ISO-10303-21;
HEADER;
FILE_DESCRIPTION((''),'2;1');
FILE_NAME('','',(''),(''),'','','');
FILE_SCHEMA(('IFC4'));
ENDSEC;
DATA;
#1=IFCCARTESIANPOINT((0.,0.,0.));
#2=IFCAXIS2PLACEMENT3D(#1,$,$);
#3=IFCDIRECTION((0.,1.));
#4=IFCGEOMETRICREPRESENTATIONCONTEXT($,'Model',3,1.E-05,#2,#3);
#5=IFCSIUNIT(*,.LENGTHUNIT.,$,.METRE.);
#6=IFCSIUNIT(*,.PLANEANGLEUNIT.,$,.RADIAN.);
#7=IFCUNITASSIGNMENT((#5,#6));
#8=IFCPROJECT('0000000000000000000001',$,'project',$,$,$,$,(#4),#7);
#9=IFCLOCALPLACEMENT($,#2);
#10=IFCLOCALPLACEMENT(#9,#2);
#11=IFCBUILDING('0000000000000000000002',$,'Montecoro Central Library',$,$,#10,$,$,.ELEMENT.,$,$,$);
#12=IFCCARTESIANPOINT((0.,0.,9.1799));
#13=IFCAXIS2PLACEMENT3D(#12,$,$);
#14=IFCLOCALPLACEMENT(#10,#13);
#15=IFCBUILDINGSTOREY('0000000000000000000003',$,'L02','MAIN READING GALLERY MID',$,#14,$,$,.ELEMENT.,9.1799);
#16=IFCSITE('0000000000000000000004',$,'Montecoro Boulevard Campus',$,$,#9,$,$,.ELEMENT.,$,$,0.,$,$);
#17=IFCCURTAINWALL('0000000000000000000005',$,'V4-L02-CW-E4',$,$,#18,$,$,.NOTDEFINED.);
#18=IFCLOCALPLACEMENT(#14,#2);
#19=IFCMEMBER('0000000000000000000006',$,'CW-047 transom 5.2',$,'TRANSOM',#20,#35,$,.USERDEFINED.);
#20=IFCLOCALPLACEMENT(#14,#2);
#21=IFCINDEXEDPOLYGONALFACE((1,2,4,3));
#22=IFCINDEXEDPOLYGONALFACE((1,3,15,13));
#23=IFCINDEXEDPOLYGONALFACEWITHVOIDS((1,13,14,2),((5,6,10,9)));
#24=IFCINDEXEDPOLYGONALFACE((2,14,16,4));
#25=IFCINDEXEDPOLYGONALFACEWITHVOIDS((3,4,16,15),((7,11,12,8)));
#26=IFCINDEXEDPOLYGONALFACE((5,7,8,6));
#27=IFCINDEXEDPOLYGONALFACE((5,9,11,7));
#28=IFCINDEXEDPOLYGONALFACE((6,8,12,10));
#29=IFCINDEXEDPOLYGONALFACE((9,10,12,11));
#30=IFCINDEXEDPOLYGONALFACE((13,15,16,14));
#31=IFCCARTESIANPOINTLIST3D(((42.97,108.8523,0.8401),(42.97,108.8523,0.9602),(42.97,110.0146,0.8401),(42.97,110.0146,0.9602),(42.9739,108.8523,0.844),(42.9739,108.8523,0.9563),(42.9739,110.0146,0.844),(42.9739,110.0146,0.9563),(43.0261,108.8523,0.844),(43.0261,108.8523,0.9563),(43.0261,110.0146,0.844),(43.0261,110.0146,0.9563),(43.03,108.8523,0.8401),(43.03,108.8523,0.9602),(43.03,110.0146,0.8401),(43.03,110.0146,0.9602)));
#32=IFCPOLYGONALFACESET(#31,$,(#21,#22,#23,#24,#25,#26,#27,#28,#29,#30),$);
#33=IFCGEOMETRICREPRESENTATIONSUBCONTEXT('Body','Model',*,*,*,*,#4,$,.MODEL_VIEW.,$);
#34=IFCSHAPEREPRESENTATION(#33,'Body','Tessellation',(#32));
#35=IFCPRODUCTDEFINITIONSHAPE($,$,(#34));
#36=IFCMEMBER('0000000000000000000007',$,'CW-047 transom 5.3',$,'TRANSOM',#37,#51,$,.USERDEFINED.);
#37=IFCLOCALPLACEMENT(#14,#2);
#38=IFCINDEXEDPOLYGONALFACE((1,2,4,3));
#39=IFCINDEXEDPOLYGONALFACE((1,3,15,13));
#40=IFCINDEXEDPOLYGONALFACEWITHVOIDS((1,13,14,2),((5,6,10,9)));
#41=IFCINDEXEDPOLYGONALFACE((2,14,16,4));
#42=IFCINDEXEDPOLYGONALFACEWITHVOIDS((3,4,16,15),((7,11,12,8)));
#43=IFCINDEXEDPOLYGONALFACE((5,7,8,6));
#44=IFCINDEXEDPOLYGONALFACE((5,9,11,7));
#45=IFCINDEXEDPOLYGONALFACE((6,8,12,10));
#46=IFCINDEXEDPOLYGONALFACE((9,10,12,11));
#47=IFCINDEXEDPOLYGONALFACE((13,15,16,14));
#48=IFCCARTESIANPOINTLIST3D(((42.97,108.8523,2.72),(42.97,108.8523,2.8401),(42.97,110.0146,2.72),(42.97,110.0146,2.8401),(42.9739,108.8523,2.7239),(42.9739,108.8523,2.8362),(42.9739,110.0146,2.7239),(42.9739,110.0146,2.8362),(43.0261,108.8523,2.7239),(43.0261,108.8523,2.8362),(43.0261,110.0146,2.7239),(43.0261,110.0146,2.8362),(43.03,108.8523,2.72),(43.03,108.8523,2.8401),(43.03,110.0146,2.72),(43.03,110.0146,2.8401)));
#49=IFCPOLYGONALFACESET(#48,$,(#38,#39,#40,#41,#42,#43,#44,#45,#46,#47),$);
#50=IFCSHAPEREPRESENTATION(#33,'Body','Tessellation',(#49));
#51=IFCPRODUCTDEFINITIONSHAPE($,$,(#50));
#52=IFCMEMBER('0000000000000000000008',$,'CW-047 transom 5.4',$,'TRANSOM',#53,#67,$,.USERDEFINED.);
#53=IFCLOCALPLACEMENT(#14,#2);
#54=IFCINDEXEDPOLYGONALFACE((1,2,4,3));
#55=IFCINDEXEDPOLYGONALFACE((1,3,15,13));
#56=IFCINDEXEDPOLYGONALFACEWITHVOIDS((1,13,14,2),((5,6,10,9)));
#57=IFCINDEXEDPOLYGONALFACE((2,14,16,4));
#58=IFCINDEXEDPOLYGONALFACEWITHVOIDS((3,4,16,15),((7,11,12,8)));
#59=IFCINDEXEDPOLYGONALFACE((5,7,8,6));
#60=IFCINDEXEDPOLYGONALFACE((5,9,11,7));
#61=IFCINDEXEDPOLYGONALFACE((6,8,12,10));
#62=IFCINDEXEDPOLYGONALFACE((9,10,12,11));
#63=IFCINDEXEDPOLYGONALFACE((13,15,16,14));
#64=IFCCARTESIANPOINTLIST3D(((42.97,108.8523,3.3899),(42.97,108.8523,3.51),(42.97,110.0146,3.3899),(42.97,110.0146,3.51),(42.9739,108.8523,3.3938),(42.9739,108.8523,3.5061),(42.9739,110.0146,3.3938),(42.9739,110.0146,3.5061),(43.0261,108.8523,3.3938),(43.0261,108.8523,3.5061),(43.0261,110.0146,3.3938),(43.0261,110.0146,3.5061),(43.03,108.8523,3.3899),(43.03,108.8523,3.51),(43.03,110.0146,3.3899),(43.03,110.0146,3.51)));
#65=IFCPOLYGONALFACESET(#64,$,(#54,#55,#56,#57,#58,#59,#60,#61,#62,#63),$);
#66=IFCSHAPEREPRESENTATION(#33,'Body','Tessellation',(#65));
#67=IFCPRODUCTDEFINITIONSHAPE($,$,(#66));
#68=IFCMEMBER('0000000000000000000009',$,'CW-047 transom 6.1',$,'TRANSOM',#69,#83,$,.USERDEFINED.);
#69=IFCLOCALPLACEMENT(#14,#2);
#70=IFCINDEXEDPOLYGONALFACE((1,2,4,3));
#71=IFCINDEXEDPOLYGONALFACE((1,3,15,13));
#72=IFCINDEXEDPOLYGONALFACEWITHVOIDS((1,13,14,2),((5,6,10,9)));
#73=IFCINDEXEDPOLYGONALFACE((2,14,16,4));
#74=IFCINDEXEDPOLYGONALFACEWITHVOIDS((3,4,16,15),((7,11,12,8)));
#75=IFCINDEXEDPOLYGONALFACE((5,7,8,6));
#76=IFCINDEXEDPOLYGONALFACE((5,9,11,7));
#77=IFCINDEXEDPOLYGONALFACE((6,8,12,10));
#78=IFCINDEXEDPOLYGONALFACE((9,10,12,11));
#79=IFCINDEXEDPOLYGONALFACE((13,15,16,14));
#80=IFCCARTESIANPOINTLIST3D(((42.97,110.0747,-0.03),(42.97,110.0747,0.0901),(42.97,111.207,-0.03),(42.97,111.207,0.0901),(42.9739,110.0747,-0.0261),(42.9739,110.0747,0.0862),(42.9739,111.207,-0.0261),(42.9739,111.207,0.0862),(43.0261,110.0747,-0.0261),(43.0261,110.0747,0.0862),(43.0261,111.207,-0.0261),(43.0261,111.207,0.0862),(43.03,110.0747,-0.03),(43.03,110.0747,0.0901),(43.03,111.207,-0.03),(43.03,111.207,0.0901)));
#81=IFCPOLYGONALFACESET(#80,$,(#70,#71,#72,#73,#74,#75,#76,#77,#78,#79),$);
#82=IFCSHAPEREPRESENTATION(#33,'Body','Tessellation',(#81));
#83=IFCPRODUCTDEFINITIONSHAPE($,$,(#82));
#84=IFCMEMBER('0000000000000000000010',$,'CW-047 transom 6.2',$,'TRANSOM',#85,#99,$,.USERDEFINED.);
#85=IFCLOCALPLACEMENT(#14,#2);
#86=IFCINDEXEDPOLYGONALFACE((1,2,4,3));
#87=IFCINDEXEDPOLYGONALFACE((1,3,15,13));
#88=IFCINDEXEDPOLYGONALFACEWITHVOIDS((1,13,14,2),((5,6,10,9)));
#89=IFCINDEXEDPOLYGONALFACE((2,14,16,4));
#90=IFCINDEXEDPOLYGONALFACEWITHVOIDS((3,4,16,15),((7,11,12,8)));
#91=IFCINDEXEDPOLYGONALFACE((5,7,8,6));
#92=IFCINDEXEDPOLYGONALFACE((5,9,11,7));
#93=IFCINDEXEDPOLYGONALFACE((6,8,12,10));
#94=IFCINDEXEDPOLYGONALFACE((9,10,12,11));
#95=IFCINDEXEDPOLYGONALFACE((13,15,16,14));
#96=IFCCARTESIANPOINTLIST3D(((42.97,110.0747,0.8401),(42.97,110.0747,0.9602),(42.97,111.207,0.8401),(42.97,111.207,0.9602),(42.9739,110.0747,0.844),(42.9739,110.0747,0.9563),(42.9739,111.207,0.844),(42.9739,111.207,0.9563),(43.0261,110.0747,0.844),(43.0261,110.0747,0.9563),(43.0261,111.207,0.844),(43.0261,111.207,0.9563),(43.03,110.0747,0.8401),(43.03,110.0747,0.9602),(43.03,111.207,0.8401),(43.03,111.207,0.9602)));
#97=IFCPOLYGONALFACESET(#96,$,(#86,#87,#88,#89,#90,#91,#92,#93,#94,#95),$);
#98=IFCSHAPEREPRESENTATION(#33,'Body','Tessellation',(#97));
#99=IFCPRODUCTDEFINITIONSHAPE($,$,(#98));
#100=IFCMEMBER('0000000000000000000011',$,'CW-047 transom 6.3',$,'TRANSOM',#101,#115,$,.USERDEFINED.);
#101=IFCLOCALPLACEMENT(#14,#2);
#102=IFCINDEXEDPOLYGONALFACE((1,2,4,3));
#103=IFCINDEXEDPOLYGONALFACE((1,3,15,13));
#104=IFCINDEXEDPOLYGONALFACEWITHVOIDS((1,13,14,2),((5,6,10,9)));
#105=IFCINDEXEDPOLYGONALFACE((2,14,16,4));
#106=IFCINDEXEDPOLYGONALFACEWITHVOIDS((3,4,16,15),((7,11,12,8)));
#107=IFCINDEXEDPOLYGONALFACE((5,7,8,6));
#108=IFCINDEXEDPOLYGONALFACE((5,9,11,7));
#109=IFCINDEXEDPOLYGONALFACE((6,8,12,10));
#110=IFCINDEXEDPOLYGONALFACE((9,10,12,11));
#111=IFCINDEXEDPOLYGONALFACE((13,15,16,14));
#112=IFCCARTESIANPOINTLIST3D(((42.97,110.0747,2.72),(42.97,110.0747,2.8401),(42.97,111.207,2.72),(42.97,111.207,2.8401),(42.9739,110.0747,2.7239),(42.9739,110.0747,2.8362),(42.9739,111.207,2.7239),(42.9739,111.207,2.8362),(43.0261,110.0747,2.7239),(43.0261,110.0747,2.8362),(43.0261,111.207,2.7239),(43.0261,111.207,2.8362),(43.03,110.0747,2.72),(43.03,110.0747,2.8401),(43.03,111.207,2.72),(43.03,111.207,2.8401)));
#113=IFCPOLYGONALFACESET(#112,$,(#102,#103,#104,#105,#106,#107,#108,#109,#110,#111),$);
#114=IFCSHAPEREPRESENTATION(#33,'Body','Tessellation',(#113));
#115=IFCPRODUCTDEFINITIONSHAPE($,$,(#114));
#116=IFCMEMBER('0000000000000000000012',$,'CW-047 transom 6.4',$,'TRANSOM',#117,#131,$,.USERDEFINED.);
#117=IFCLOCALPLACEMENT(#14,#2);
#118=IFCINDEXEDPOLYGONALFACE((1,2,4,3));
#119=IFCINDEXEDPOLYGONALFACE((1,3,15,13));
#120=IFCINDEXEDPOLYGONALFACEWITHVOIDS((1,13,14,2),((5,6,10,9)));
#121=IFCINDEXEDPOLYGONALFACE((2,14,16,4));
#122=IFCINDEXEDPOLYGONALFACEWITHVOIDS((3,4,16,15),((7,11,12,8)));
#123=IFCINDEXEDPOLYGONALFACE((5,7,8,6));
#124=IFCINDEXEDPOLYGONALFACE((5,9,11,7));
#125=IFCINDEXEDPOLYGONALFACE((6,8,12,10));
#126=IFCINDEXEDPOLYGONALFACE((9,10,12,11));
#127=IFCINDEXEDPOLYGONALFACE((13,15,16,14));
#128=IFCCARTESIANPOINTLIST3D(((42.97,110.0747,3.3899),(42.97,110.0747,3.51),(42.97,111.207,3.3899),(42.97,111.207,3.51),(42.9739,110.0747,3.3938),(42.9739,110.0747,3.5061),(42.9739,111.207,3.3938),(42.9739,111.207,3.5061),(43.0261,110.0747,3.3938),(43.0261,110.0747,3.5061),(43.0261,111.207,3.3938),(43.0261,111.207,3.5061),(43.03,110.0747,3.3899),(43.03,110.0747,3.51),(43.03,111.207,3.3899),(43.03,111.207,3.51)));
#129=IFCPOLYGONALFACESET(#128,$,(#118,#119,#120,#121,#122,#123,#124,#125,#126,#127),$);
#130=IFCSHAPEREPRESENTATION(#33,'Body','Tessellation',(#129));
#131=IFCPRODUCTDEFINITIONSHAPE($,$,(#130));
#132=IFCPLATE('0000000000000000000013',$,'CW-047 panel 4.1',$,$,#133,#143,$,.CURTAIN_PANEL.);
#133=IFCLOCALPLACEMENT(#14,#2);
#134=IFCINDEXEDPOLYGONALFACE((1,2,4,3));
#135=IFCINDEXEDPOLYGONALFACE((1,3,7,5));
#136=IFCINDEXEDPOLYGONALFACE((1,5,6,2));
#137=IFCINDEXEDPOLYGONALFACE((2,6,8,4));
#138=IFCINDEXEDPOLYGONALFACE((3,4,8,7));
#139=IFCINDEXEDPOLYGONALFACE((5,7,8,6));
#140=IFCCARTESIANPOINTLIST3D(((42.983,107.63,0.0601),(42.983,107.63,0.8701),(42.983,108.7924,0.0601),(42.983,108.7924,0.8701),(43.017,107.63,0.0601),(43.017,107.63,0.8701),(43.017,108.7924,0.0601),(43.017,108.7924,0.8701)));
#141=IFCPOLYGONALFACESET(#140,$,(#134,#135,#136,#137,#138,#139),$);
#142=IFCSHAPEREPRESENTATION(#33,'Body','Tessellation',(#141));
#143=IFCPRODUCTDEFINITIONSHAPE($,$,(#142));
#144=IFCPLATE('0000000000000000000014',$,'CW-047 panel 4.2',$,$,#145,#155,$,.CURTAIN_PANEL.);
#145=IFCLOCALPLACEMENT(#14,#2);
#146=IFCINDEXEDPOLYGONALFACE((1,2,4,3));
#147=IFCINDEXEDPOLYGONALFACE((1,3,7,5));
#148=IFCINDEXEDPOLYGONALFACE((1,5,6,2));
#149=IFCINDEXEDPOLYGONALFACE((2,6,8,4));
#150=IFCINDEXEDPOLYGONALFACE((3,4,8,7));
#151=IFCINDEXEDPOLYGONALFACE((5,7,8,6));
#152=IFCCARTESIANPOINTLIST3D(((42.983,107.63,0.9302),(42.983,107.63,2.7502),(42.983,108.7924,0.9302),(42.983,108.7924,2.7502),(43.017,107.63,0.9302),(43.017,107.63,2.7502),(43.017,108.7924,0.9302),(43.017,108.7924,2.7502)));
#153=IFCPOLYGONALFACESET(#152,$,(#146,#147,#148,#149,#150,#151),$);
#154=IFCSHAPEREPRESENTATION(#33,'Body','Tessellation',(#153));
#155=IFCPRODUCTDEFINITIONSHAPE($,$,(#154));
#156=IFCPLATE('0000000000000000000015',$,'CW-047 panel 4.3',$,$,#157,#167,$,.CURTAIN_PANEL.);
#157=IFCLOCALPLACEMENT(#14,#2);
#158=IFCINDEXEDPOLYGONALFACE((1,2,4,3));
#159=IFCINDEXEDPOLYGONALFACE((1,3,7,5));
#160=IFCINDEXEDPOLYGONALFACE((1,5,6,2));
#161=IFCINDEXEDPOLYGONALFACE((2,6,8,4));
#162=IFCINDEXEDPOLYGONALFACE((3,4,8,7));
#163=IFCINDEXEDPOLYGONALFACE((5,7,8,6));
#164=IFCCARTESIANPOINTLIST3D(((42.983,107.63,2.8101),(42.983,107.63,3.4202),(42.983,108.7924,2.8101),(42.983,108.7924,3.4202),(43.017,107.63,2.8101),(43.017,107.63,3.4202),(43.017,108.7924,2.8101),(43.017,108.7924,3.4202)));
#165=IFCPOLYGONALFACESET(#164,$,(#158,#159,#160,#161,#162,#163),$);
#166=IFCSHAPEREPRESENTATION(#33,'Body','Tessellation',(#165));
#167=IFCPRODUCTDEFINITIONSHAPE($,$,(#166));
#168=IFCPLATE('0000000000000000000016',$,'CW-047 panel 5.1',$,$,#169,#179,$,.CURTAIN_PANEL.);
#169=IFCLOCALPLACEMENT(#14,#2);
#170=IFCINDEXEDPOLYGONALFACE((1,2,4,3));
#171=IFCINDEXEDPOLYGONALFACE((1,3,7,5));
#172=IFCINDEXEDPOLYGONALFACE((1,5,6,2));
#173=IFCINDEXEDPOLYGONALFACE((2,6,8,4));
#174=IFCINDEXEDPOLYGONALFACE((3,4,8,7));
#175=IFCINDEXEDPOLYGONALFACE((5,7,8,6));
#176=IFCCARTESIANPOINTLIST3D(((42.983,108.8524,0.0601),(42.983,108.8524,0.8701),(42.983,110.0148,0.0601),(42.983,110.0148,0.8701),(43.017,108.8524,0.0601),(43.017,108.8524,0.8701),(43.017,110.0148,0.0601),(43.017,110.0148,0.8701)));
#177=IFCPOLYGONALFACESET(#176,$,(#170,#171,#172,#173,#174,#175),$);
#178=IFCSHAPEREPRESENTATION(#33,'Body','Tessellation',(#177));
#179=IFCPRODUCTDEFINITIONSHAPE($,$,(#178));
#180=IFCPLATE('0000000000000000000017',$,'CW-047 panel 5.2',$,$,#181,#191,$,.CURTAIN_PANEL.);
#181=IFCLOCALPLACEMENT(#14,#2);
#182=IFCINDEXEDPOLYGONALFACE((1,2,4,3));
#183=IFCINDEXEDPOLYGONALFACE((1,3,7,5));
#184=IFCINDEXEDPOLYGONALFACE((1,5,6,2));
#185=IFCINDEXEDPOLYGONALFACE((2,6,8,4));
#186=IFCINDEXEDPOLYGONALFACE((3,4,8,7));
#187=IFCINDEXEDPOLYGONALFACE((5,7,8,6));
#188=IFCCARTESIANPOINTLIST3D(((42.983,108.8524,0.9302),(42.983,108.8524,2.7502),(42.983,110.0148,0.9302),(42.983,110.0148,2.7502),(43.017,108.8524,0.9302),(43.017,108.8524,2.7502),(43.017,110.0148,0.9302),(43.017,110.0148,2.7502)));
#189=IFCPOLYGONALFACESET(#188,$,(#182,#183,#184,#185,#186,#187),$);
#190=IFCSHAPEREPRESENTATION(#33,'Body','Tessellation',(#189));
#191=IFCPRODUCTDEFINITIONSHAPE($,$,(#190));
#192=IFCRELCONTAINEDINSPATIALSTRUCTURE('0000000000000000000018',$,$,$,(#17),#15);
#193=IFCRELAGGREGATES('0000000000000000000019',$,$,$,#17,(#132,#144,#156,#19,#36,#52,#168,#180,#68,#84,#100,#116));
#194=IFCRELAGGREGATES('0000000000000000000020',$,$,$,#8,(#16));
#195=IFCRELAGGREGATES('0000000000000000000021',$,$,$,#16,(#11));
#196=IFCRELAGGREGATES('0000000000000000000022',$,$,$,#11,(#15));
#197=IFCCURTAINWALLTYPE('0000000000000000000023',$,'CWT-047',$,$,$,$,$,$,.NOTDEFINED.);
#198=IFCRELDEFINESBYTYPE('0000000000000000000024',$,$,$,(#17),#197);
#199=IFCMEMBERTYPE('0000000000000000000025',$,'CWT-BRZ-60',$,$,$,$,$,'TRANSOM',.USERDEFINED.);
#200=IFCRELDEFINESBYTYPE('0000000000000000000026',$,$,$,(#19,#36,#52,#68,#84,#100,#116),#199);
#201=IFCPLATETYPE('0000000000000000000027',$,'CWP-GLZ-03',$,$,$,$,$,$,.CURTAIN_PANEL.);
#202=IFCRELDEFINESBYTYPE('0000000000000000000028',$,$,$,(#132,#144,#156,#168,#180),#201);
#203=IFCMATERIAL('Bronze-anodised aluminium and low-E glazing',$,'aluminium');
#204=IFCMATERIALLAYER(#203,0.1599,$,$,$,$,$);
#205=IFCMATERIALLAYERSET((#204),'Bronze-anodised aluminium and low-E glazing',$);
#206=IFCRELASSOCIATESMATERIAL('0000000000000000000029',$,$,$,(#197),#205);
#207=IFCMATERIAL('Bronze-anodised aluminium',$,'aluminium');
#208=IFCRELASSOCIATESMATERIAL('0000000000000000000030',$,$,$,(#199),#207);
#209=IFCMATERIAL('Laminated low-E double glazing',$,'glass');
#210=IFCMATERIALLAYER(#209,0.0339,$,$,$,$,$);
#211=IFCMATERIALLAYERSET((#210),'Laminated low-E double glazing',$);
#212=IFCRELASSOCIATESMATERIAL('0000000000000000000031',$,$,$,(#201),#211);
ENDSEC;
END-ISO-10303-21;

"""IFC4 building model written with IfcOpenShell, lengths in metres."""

from ifc_helpers import new_model, si_unit, direction, frame, origin, origin_2d, place, context, subcontext, project, spatial, rectangle, hollow_rectangle, extrude, material, layer, layer_set, material_profile, profile_set, type_object, element, aggregate, save


model = new_model("IFC4")

# Units and contexts
model_context = context("Model", 3, precision=1e-05, world=origin(), true_north=direction((0.0, 1.0)))
body_context = subcontext(model_context, "Body", "Model", "MODEL_VIEW")
ifc_project = project(units=[si_unit("LENGTHUNIT", "METRE"), si_unit("PLANEANGLEUNIT", "RADIAN")], contexts=[model_context])

# Site, building, storey
site_placement = place(None, origin())
site = spatial("IfcSite", under=ifc_project, at=site_placement, Name="Montecoro Boulevard Campus", CompositionType="ELEMENT", RefElevation=0.0)
building_placement = place(site_placement, origin())
building = spatial("IfcBuilding", under=site, at=building_placement, Name="Montecoro Central Library", CompositionType="ELEMENT")
storey_placement = place(building_placement, frame((0.0, 0.0, 9.1799)))
storey = spatial("IfcBuildingStorey", under=building, at=storey_placement, Name="L02", Description="MAIN READING GALLERY MID", CompositionType="ELEMENT", Elevation=9.1799)

# Curtain wall
ifc_material_1 = material(Name="Bronze-anodised aluminium and low-E glazing", Category="aluminium")
ifc_layer_1 = layer(ifc_material_1, 0.1599)
ifc_layer_set_1 = layer_set([ifc_layer_1], Name="Bronze-anodised aluminium and low-E glazing")
curtain_wall_type_1 = type_object("IfcCurtainWallType", Name="CWT-047", PredefinedType="NOTDEFINED", material=ifc_layer_set_1)
curtain_wall_1_placement = place(storey_placement, origin())
curtain_wall_1 = element("IfcCurtainWall", 1, at=curtain_wall_1_placement, inside=storey, type_object=curtain_wall_type_1, Name="V4-L02-CW-E4", PredefinedType="NOTDEFINED")
ifc_material_2 = material(Name="Bronze-anodised aluminium", Category="aluminium")

# Shared definitions
ifc_material_profile_1 = material_profile(ifc_material_2, hollow_rectangle(XDim=0.0601, YDim=0.1201, WallThickness=0.0039, at=origin_2d()), Name="CWT 120x60x4.0")
ifc_profile_set_1 = profile_set([ifc_material_profile_1], Name="Bronze-anodised aluminium")
member_type_1 = type_object("IfcMemberType", Name="CWT-BRZ-60", ElementType="TRANSOM", PredefinedType="USERDEFINED", material=ifc_profile_set_1)

# Members
member_1_placement = place(storey_placement, frame((43.0, 108.8523, 0.9001), z_axis=(0.0, 1.0, 0.0), x_axis=(-1.0, 0.0, 0.0)))
member_1 = element("IfcMember", 2, at=member_1_placement, type_object=member_type_1, Name="CW-047 transom 5.2", ObjectType="TRANSOM", PredefinedType="USERDEFINED", context=body_context, shape_type="SweptSolid", body=[
    extrude(hollow_rectangle(XDim=0.0601, YDim=0.1201, WallThickness=0.0039, at=origin_2d()), origin(), (0.0, 0.0, 1.0), 1.1624),
])
member_2_placement = place(storey_placement, frame((43.0, 108.8523, 2.78), z_axis=(0.0, 1.0, 0.0), x_axis=(-1.0, 0.0, 0.0)))
member_2 = element("IfcMember", 3, at=member_2_placement, type_object=member_type_1, Name="CW-047 transom 5.3", ObjectType="TRANSOM", PredefinedType="USERDEFINED", context=body_context, shape_type="SweptSolid", body=[
    extrude(hollow_rectangle(XDim=0.0601, YDim=0.1201, WallThickness=0.0039, at=origin_2d()), origin(), (0.0, 0.0, 1.0), 1.1624),
])
member_3_placement = place(storey_placement, frame((43.0, 108.8523, 3.45), z_axis=(0.0, 1.0, 0.0), x_axis=(-1.0, 0.0, 0.0)))
member_3 = element("IfcMember", 4, at=member_3_placement, type_object=member_type_1, Name="CW-047 transom 5.4", ObjectType="TRANSOM", PredefinedType="USERDEFINED", context=body_context, shape_type="SweptSolid", body=[
    extrude(hollow_rectangle(XDim=0.0601, YDim=0.1201, WallThickness=0.0039, at=origin_2d()), origin(), (0.0, 0.0, 1.0), 1.1624),
])
member_4_placement = place(storey_placement, frame((43.0, 110.0747, 0.03), z_axis=(0.0, 1.0, 0.0), x_axis=(-1.0, 0.0, 0.0)))
member_4 = element("IfcMember", 5, at=member_4_placement, type_object=member_type_1, Name="CW-047 transom 6.1", ObjectType="TRANSOM", PredefinedType="USERDEFINED", context=body_context, shape_type="SweptSolid", body=[
    extrude(hollow_rectangle(XDim=0.0601, YDim=0.1201, WallThickness=0.0039, at=origin_2d()), origin(), (0.0, 0.0, 1.0), 1.1323),
])
member_5_placement = place(storey_placement, frame((43.0, 110.0747, 0.9001), z_axis=(0.0, 1.0, 0.0), x_axis=(-1.0, 0.0, 0.0)))
member_5 = element("IfcMember", 6, at=member_5_placement, type_object=member_type_1, Name="CW-047 transom 6.2", ObjectType="TRANSOM", PredefinedType="USERDEFINED", context=body_context, shape_type="SweptSolid", body=[
    extrude(hollow_rectangle(XDim=0.0601, YDim=0.1201, WallThickness=0.0039, at=origin_2d()), origin(), (0.0, 0.0, 1.0), 1.1323),
])
member_6_placement = place(storey_placement, frame((43.0, 110.0747, 2.78), z_axis=(0.0, 1.0, 0.0), x_axis=(-1.0, 0.0, 0.0)))
member_6 = element("IfcMember", 7, at=member_6_placement, type_object=member_type_1, Name="CW-047 transom 6.3", ObjectType="TRANSOM", PredefinedType="USERDEFINED", context=body_context, shape_type="SweptSolid", body=[
    extrude(hollow_rectangle(XDim=0.0601, YDim=0.1201, WallThickness=0.0039, at=origin_2d()), origin(), (0.0, 0.0, 1.0), 1.1323),
])
member_7_placement = place(storey_placement, frame((43.0, 110.0747, 3.45), z_axis=(0.0, 1.0, 0.0), x_axis=(-1.0, 0.0, 0.0)))
member_7 = element("IfcMember", 8, at=member_7_placement, type_object=member_type_1, Name="CW-047 transom 6.4", ObjectType="TRANSOM", PredefinedType="USERDEFINED", context=body_context, shape_type="SweptSolid", body=[
    extrude(hollow_rectangle(XDim=0.0601, YDim=0.1201, WallThickness=0.0039, at=origin_2d()), origin(), (0.0, 0.0, 1.0), 1.1323),
])

# Plates
ifc_material_3 = material(Name="Laminated low-E double glazing", Category="glass")
ifc_layer_2 = layer(ifc_material_3, 0.0339)
ifc_layer_set_2 = layer_set([ifc_layer_2], Name="Laminated low-E double glazing")
plate_type_1 = type_object("IfcPlateType", Name="CWP-GLZ-03", PredefinedType="CURTAIN_PANEL", material=ifc_layer_set_2)
plate_1_placement = place(storey_placement, frame((43.0, 108.2112, 0.0601), z_axis=(0.0, 0.0, 1.0), x_axis=(0.0, 1.0, 0.0)))
plate_1 = element("IfcPlate", 9, at=plate_1_placement, type_object=plate_type_1, Name="CW-047 panel 4.1", PredefinedType="CURTAIN_PANEL", context=body_context, shape_type="SweptSolid", body=[
    extrude(rectangle(XDim=1.1624, YDim=0.0339, at=origin_2d()), origin(), (0.0, 0.0, 1.0), 0.8101),
])
plate_2_placement = place(storey_placement, frame((43.0, 108.2112, 0.9302), z_axis=(0.0, 0.0, 1.0), x_axis=(0.0, 1.0, 0.0)))
plate_2 = element("IfcPlate", 10, at=plate_2_placement, type_object=plate_type_1, Name="CW-047 panel 4.2", PredefinedType="CURTAIN_PANEL", context=body_context, shape_type="SweptSolid", body=[
    extrude(rectangle(XDim=1.1624, YDim=0.0339, at=origin_2d()), origin(), (0.0, 0.0, 1.0), 1.8201),
])
plate_3_placement = place(storey_placement, frame((43.0, 108.2112, 2.8101), z_axis=(0.0, 0.0, 1.0), x_axis=(0.0, 1.0, 0.0)))
plate_3 = element("IfcPlate", 11, at=plate_3_placement, type_object=plate_type_1, Name="CW-047 panel 4.3", PredefinedType="CURTAIN_PANEL", context=body_context, shape_type="SweptSolid", body=[
    extrude(rectangle(XDim=1.1624, YDim=0.0339, at=origin_2d()), origin(), (0.0, 0.0, 1.0), 0.6101),
])
plate_4_placement = place(storey_placement, frame((43.0, 109.4336, 0.0601), z_axis=(0.0, 0.0, 1.0), x_axis=(0.0, 1.0, 0.0)))
plate_4 = element("IfcPlate", 12, at=plate_4_placement, type_object=plate_type_1, Name="CW-047 panel 5.1", PredefinedType="CURTAIN_PANEL", context=body_context, shape_type="SweptSolid", body=[
    extrude(rectangle(XDim=1.1624, YDim=0.0339, at=origin_2d()), origin(), (0.0, 0.0, 1.0), 0.8101),
])
plate_5_placement = place(storey_placement, frame((43.0, 109.4336, 0.9302), z_axis=(0.0, 0.0, 1.0), x_axis=(0.0, 1.0, 0.0)))
plate_5 = element("IfcPlate", 13, at=plate_5_placement, type_object=plate_type_1, Name="CW-047 panel 5.2", PredefinedType="CURTAIN_PANEL", context=body_context, shape_type="SweptSolid", body=[
    extrude(rectangle(XDim=1.1624, YDim=0.0339, at=origin_2d()), origin(), (0.0, 0.0, 1.0), 1.8201),
])
aggregate(curtain_wall_1, [plate_1, plate_2, plate_3, member_1, member_2, member_3, plate_4, plate_5, member_4, member_5, member_6, member_7])

save(model, "model.ifc")
